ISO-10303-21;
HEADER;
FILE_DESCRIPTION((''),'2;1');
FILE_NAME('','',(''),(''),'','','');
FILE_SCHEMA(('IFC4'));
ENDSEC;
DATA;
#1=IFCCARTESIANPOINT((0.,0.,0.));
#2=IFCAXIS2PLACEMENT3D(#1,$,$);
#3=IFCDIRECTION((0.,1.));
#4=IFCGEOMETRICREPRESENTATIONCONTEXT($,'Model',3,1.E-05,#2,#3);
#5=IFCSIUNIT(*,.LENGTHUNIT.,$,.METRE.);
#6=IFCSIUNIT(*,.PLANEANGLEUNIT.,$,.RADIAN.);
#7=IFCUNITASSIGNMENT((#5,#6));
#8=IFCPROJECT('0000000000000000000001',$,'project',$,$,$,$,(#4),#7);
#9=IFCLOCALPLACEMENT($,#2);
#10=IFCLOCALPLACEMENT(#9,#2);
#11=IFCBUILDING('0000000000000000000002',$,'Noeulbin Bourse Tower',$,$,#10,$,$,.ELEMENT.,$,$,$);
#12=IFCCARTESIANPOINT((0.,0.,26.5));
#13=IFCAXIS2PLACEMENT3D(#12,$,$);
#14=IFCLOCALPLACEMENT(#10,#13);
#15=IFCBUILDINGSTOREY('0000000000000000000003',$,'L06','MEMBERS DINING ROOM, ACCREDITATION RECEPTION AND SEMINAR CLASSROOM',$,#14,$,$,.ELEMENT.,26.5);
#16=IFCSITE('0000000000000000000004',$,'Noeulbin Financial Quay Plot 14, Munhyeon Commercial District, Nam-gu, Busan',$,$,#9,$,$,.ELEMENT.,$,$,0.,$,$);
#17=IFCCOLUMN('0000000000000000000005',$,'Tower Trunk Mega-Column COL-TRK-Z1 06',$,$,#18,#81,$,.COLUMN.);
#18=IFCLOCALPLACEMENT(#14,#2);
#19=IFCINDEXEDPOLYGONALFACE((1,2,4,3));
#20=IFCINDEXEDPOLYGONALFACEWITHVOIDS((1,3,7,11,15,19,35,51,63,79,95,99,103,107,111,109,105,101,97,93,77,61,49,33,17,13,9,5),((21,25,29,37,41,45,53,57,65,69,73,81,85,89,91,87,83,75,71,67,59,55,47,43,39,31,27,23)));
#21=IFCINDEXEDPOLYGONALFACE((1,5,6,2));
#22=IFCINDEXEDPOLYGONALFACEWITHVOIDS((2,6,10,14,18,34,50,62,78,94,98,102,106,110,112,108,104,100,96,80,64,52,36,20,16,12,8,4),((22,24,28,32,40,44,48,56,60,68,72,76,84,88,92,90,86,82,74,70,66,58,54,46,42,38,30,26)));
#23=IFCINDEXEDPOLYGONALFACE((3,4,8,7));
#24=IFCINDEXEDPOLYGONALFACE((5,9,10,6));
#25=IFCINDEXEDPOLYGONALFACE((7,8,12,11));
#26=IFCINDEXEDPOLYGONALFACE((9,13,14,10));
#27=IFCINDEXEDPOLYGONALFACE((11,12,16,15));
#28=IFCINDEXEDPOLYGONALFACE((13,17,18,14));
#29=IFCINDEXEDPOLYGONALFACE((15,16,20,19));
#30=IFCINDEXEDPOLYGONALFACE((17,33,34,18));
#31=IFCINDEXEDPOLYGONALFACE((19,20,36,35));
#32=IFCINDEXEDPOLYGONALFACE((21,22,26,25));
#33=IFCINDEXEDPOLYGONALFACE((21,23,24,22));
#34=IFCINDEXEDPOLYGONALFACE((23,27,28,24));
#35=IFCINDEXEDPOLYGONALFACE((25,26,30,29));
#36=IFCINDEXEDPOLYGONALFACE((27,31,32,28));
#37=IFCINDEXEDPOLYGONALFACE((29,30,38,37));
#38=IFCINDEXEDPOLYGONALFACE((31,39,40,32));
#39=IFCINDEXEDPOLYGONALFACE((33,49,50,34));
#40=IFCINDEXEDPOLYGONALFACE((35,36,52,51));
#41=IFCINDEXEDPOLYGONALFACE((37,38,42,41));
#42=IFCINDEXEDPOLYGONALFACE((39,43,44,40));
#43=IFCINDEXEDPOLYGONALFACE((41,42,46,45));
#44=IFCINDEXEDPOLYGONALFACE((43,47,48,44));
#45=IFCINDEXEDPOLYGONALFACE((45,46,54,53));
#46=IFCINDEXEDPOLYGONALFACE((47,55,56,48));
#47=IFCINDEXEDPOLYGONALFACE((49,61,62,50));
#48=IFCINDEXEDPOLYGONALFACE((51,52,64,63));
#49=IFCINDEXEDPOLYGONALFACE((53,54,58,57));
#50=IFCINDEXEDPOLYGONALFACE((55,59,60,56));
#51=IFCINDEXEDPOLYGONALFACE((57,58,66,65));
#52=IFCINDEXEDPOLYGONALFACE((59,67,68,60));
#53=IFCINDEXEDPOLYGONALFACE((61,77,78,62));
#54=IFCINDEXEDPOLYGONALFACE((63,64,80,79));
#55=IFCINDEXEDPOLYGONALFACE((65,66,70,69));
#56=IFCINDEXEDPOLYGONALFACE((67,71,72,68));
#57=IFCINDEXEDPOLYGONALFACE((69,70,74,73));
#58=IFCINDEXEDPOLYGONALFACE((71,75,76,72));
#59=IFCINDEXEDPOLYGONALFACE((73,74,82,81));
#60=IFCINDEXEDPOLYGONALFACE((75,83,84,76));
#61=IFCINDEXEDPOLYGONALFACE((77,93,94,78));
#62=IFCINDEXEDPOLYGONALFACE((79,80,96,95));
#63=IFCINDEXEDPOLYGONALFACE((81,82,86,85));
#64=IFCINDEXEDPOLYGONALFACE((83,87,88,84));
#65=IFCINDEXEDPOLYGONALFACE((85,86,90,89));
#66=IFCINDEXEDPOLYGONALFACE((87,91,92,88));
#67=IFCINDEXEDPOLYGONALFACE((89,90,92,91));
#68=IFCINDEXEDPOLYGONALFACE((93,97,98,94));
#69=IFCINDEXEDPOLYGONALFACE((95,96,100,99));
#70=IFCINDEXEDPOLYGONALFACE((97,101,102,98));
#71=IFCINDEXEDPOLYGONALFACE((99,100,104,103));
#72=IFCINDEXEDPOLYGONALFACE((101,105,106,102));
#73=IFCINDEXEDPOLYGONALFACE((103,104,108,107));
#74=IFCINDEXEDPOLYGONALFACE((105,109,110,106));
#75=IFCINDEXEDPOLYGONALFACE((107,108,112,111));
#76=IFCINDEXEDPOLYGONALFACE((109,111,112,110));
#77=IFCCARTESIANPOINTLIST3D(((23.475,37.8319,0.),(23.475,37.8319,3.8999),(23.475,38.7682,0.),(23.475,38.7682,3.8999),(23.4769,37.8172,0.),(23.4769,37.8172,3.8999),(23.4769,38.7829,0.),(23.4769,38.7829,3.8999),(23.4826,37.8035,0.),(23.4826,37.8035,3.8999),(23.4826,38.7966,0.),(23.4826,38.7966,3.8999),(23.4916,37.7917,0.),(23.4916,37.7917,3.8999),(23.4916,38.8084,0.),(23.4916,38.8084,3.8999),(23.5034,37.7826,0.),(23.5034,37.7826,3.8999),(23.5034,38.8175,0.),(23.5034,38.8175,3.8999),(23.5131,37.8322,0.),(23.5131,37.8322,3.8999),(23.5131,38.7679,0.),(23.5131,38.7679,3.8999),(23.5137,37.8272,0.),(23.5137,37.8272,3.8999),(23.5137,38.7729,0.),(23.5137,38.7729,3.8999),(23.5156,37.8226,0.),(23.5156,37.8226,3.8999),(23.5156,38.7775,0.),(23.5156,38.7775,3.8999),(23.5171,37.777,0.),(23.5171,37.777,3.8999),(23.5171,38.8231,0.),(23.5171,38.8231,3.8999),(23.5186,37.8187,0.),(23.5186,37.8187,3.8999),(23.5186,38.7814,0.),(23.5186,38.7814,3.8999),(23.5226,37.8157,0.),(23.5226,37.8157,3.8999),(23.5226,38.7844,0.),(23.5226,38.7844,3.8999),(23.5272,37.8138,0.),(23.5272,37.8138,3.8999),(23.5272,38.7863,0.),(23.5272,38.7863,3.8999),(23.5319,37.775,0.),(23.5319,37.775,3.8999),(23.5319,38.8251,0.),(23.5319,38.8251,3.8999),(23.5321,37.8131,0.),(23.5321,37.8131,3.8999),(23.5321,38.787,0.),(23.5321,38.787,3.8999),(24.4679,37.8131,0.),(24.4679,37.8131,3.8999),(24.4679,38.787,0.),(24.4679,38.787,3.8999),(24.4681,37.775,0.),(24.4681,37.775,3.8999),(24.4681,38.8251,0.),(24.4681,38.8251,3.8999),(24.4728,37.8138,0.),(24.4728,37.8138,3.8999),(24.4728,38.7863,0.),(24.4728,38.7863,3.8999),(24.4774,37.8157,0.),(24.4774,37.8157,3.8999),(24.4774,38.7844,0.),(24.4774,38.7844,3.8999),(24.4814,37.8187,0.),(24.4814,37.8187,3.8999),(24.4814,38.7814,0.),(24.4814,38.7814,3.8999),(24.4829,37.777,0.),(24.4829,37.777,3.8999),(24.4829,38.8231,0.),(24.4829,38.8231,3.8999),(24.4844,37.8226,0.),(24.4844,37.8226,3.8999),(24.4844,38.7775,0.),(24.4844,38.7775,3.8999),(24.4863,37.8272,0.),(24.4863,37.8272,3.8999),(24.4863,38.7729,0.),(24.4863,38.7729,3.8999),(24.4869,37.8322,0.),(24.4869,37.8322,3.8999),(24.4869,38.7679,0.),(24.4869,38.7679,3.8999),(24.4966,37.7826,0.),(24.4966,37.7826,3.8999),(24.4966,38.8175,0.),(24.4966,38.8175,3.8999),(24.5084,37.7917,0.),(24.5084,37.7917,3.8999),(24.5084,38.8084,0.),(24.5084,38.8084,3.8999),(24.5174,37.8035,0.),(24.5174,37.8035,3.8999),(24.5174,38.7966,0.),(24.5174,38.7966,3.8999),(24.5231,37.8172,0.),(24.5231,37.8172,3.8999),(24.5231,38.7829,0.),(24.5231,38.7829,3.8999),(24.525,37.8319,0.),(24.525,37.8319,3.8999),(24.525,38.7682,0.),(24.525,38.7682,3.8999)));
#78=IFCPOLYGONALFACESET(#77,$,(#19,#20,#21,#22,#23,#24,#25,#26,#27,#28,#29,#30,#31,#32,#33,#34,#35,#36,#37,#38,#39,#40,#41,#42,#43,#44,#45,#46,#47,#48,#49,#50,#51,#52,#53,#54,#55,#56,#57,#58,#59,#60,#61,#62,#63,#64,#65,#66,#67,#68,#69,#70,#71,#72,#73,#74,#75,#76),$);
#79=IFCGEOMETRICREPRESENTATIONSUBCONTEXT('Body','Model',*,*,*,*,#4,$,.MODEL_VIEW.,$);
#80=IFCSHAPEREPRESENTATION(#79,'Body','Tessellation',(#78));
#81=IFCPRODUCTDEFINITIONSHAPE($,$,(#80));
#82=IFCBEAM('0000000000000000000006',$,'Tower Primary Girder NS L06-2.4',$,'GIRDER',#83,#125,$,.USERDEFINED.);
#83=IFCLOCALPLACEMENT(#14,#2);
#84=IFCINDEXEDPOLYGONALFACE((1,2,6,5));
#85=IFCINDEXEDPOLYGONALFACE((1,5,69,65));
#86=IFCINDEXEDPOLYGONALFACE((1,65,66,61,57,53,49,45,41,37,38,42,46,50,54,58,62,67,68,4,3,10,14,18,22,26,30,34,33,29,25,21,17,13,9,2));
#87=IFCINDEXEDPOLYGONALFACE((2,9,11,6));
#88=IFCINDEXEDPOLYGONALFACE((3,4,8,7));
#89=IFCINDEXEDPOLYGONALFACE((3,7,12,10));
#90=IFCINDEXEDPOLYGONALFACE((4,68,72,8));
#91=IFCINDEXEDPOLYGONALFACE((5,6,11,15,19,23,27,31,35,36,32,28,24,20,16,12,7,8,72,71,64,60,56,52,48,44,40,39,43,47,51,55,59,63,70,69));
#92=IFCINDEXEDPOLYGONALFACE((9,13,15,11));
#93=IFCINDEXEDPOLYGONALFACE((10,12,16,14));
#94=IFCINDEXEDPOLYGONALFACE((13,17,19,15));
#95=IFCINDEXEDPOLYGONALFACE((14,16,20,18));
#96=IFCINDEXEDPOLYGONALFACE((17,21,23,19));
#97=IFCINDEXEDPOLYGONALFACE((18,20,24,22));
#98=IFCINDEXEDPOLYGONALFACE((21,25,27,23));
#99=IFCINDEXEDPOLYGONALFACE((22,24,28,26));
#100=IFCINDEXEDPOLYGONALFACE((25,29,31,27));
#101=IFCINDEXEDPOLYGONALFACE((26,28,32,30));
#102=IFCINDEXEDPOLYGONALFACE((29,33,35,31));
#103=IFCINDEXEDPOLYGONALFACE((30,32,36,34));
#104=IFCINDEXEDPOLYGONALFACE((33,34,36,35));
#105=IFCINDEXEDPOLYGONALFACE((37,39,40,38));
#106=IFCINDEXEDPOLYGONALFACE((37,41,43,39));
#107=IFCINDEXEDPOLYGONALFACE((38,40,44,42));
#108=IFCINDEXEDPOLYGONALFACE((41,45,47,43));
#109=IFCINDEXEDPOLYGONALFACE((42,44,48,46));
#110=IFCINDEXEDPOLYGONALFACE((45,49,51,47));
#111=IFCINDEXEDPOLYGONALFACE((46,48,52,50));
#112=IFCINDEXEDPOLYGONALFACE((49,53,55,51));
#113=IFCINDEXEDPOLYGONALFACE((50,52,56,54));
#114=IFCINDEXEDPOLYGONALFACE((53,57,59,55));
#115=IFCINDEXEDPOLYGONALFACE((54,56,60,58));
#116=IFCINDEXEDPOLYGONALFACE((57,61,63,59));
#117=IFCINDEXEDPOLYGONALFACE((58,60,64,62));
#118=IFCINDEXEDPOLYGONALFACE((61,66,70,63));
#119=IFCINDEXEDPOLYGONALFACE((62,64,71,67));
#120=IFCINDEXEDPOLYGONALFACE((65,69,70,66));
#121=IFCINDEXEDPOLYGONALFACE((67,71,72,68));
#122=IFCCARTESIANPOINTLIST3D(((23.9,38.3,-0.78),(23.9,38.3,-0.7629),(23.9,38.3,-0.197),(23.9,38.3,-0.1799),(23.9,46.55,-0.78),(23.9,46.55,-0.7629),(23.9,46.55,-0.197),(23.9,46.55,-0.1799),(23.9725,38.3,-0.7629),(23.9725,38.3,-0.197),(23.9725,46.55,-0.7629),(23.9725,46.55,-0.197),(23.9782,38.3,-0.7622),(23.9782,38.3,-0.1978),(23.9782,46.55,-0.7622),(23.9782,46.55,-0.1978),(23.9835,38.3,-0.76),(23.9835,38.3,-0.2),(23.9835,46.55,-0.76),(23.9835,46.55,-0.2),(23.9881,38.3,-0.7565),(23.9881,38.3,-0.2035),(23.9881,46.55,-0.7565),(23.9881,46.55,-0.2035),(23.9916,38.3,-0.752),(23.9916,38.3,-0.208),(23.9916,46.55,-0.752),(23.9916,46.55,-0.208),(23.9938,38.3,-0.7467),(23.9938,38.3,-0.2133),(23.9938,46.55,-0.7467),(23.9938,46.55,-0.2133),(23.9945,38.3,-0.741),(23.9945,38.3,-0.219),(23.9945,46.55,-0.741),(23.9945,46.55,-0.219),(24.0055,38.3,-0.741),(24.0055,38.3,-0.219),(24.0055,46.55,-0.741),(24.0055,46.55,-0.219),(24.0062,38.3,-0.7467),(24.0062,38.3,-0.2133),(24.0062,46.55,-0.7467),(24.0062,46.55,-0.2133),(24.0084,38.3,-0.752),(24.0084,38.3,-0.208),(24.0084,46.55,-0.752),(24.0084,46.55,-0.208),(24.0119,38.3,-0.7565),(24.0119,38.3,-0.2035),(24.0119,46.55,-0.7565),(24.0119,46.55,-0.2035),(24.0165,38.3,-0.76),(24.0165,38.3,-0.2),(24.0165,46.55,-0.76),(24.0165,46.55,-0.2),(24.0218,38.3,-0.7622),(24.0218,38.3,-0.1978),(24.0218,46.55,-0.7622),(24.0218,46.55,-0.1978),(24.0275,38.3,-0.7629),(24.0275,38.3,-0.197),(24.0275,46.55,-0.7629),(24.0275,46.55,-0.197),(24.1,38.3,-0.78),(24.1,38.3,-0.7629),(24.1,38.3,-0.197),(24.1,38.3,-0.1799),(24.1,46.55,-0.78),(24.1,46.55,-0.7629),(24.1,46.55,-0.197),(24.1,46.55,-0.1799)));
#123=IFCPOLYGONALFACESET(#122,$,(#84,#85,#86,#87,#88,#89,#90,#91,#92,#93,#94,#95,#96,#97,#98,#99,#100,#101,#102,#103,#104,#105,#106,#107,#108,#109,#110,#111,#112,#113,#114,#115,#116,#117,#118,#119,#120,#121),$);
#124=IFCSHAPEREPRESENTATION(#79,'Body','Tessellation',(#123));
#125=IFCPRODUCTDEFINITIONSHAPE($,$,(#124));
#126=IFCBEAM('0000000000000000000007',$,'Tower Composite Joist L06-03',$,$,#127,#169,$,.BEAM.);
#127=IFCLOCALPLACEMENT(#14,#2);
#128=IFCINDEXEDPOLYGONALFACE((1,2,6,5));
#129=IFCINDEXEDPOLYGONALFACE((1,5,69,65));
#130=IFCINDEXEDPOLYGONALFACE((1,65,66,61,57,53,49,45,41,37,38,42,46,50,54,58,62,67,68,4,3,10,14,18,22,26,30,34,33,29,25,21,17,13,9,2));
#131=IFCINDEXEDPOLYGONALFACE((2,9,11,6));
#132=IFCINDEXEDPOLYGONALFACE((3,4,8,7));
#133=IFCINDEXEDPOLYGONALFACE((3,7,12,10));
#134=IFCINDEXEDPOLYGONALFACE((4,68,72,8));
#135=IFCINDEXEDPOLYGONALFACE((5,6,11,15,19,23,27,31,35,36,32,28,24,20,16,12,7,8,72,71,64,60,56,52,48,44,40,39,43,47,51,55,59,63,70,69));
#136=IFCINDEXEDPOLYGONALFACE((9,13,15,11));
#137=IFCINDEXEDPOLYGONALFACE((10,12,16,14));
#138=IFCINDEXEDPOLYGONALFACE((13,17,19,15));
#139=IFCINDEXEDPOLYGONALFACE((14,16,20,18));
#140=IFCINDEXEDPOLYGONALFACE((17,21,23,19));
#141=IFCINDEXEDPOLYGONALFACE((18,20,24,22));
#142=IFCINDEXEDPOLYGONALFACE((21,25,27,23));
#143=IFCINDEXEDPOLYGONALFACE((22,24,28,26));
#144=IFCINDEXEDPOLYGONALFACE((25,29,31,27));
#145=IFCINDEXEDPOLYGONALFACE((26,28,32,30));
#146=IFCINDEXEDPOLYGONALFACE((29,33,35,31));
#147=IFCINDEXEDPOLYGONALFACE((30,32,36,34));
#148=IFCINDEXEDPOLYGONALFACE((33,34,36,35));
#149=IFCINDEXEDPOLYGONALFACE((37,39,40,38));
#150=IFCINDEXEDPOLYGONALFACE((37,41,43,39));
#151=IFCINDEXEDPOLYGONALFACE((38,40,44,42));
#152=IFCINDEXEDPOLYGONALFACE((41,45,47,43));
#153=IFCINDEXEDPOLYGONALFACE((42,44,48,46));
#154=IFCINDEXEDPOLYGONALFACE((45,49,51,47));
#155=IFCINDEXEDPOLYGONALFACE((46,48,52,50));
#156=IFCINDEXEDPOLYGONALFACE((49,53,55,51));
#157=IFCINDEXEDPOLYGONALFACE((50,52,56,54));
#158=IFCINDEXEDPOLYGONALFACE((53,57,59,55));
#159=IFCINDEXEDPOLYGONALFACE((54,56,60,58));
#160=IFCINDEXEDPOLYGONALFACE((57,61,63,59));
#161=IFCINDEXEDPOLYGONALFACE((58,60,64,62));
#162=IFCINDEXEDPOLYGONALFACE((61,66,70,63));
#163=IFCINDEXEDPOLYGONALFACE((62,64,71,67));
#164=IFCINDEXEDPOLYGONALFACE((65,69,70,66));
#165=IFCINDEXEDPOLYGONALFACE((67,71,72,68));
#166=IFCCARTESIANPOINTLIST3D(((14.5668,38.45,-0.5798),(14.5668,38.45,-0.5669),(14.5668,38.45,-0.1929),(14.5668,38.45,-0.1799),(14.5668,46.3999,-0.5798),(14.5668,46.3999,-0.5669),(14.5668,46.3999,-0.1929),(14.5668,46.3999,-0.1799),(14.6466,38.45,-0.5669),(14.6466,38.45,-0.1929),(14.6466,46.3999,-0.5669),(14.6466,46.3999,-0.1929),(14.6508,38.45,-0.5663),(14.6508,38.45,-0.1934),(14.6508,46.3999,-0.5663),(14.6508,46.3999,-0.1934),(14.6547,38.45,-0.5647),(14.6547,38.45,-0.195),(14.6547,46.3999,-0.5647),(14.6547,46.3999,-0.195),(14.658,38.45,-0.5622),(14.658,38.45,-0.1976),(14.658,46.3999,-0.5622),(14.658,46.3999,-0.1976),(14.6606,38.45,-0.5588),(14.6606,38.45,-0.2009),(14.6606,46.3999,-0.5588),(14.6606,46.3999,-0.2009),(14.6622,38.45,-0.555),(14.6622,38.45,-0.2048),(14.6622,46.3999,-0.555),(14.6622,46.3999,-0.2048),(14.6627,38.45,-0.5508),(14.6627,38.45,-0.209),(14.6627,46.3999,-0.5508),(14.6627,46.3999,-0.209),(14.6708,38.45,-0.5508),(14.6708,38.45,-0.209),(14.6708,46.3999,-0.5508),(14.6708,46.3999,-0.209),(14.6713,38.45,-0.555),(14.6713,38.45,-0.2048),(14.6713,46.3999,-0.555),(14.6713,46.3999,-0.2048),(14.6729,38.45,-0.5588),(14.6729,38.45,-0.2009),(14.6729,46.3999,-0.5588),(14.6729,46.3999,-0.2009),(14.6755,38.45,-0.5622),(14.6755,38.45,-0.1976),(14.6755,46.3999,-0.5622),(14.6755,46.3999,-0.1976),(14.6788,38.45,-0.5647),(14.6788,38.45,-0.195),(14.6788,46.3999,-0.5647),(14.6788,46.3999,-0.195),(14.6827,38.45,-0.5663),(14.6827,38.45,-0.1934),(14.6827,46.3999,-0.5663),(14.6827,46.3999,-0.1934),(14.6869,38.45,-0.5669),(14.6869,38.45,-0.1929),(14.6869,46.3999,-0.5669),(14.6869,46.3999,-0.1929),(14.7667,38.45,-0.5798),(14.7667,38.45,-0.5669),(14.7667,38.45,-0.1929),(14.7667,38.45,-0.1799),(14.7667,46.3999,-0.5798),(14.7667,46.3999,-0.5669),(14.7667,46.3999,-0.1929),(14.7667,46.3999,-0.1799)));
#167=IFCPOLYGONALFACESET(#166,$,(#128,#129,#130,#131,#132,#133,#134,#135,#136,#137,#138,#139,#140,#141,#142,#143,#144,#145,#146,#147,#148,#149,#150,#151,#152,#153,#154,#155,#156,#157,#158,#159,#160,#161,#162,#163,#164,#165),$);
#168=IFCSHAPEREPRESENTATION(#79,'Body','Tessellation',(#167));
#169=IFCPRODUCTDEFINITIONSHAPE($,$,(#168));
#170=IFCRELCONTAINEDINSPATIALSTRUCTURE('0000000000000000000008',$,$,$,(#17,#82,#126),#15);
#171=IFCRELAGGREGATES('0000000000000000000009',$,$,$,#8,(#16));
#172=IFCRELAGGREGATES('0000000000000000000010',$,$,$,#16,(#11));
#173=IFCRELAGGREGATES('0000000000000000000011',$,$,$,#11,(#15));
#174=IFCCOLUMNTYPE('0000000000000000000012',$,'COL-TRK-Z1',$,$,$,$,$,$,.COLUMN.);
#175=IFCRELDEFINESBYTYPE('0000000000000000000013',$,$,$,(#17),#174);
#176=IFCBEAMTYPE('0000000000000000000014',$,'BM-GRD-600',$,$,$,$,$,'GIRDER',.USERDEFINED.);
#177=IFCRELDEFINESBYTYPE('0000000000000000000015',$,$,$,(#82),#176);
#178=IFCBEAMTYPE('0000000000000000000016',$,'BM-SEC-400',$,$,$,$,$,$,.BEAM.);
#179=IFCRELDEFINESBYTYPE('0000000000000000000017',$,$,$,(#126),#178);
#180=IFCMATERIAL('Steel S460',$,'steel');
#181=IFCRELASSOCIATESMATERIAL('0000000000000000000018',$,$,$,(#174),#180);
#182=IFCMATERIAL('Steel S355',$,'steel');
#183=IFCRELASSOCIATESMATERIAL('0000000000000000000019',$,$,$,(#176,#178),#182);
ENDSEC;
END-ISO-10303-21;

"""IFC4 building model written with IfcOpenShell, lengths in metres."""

from ifc_helpers import new_model, si_unit, direction, frame, origin, origin_2d, place, context, subcontext, project, spatial, hollow_rectangle, i_section, extrude, material, material_profile, profile_set, type_object, element, save


model = new_model("IFC4")

# Units and contexts
model_context = context("Model", 3, precision=1e-05, world=origin(), true_north=direction((0.0, 1.0)))
body_context = subcontext(model_context, "Body", "Model", "MODEL_VIEW")
ifc_project = project(units=[si_unit("LENGTHUNIT", "METRE"), si_unit("PLANEANGLEUNIT", "RADIAN")], contexts=[model_context])

# Site, building, storey
site_placement = place(None, origin())
site = spatial("IfcSite", under=ifc_project, at=site_placement, Name="Noeulbin Financial Quay Plot 14, Munhyeon Commercial District, Nam-gu, Busan", CompositionType="ELEMENT", RefElevation=0.0)
building_placement = place(site_placement, origin())
building = spatial("IfcBuilding", under=site, at=building_placement, Name="Noeulbin Bourse Tower", CompositionType="ELEMENT")
storey_placement = place(building_placement, frame((0.0, 0.0, 26.5)))
storey = spatial("IfcBuildingStorey", under=building, at=storey_placement, Name="L06", Description="MEMBERS DINING ROOM, ACCREDITATION RECEPTION AND SEMINAR CLASSROOM", CompositionType="ELEMENT", Elevation=26.5)

# Column
ifc_material_1 = material(Name="Steel S460", Category="steel")
ifc_material_profile_1 = material_profile(ifc_material_1, hollow_rectangle(XDim=1.05, YDim=1.05, WallThickness=0.0381, InnerFilletRadius=0.019, OuterFilletRadius=0.0569, at=origin_2d()), Name="BOX-1050x1050x38", Category="LoadBearing")
ifc_profile_set_1 = profile_set([ifc_material_profile_1], Name="Steel S460")
column_type_1 = type_object("IfcColumnType", Name="COL-TRK-Z1", PredefinedType="COLUMN", material=ifc_profile_set_1)
for number, where, z_axis, x_axis, name in (
    (1, (24.0, 38.3, 0.0), (0.0, 0.0, 1.0), (1.0, 0.0, 0.0), "Tower Trunk Mega-Column COL-TRK-Z1 06"),
):
    element("IfcColumn", number, at=place(storey_placement, frame(where, z_axis=z_axis, x_axis=x_axis)), inside=storey, type_object=column_type_1, Name=name, PredefinedType="COLUMN", context=body_context, shape_type="SweptSolid", body=[
        extrude(hollow_rectangle(XDim=1.05, YDim=1.05, WallThickness=0.0381, InnerFilletRadius=0.019, OuterFilletRadius=0.0569, at=origin_2d()), origin(), (0.0, 0.0, 1.0), 3.8999),
    ])

# Beams
ifc_material_2 = material(Name="Steel S355", Category="steel")
ifc_material_profile_2 = material_profile(ifc_material_2, i_section(OverallWidth=0.2, OverallDepth=0.6001, WebThickness=0.011, FlangeThickness=0.0171, FilletRadius=0.022, at=origin_2d()), Name="H-600x200x11x17", Category="LoadBearing")
ifc_profile_set_2 = profile_set([ifc_material_profile_2], Name="Steel S355")
beam_type_1 = type_object("IfcBeamType", Name="BM-GRD-600", ElementType="GIRDER", PredefinedType="USERDEFINED", material=ifc_profile_set_2)
beam_1_placement = place(storey_placement, frame((24.0, 38.3, -0.48), z_axis=(0.0, 1.0, 0.0), x_axis=(-1.0, 0.0, 0.0)))
element("IfcBeam", 2, at=beam_1_placement, inside=storey, type_object=beam_type_1, Name="Tower Primary Girder NS L06-2.4", ObjectType="GIRDER", PredefinedType="USERDEFINED", context=body_context, shape_type="SweptSolid", body=[
    extrude(i_section(OverallWidth=0.2, OverallDepth=0.6001, WebThickness=0.011, FlangeThickness=0.0171, FilletRadius=0.022, at=origin_2d()), origin(), (0.0, 0.0, 1.0), 8.25),
])
ifc_material_profile_3 = material_profile(ifc_material_2, i_section(OverallWidth=0.2, OverallDepth=0.3999, WebThickness=0.0081, FlangeThickness=0.0129, FilletRadius=0.0161, at=origin_2d()), Name="H-400x200x8x13", Category="LoadBearing")
ifc_profile_set_3 = profile_set([ifc_material_profile_3], Name="Steel S355")
beam_type_2 = type_object("IfcBeamType", Name="BM-SEC-400", PredefinedType="BEAM", material=ifc_profile_set_3)
for number, where, z_axis, x_axis, name in (
    (3, (14.6667, 38.45, -0.3799), (0.0, 1.0, 0.0), (-1.0, 0.0, 0.0), "Tower Composite Joist L06-03"),
):
    element("IfcBeam", number, at=place(storey_placement, frame(where, z_axis=z_axis, x_axis=x_axis)), inside=storey, type_object=beam_type_2, Name=name, PredefinedType="BEAM", context=body_context, shape_type="SweptSolid", body=[
        extrude(i_section(OverallWidth=0.2, OverallDepth=0.3999, WebThickness=0.0081, FlangeThickness=0.0129, FilletRadius=0.0161, at=origin_2d()), origin(), (0.0, 0.0, 1.0), 7.95),
    ])

save(model, "model.ifc")
